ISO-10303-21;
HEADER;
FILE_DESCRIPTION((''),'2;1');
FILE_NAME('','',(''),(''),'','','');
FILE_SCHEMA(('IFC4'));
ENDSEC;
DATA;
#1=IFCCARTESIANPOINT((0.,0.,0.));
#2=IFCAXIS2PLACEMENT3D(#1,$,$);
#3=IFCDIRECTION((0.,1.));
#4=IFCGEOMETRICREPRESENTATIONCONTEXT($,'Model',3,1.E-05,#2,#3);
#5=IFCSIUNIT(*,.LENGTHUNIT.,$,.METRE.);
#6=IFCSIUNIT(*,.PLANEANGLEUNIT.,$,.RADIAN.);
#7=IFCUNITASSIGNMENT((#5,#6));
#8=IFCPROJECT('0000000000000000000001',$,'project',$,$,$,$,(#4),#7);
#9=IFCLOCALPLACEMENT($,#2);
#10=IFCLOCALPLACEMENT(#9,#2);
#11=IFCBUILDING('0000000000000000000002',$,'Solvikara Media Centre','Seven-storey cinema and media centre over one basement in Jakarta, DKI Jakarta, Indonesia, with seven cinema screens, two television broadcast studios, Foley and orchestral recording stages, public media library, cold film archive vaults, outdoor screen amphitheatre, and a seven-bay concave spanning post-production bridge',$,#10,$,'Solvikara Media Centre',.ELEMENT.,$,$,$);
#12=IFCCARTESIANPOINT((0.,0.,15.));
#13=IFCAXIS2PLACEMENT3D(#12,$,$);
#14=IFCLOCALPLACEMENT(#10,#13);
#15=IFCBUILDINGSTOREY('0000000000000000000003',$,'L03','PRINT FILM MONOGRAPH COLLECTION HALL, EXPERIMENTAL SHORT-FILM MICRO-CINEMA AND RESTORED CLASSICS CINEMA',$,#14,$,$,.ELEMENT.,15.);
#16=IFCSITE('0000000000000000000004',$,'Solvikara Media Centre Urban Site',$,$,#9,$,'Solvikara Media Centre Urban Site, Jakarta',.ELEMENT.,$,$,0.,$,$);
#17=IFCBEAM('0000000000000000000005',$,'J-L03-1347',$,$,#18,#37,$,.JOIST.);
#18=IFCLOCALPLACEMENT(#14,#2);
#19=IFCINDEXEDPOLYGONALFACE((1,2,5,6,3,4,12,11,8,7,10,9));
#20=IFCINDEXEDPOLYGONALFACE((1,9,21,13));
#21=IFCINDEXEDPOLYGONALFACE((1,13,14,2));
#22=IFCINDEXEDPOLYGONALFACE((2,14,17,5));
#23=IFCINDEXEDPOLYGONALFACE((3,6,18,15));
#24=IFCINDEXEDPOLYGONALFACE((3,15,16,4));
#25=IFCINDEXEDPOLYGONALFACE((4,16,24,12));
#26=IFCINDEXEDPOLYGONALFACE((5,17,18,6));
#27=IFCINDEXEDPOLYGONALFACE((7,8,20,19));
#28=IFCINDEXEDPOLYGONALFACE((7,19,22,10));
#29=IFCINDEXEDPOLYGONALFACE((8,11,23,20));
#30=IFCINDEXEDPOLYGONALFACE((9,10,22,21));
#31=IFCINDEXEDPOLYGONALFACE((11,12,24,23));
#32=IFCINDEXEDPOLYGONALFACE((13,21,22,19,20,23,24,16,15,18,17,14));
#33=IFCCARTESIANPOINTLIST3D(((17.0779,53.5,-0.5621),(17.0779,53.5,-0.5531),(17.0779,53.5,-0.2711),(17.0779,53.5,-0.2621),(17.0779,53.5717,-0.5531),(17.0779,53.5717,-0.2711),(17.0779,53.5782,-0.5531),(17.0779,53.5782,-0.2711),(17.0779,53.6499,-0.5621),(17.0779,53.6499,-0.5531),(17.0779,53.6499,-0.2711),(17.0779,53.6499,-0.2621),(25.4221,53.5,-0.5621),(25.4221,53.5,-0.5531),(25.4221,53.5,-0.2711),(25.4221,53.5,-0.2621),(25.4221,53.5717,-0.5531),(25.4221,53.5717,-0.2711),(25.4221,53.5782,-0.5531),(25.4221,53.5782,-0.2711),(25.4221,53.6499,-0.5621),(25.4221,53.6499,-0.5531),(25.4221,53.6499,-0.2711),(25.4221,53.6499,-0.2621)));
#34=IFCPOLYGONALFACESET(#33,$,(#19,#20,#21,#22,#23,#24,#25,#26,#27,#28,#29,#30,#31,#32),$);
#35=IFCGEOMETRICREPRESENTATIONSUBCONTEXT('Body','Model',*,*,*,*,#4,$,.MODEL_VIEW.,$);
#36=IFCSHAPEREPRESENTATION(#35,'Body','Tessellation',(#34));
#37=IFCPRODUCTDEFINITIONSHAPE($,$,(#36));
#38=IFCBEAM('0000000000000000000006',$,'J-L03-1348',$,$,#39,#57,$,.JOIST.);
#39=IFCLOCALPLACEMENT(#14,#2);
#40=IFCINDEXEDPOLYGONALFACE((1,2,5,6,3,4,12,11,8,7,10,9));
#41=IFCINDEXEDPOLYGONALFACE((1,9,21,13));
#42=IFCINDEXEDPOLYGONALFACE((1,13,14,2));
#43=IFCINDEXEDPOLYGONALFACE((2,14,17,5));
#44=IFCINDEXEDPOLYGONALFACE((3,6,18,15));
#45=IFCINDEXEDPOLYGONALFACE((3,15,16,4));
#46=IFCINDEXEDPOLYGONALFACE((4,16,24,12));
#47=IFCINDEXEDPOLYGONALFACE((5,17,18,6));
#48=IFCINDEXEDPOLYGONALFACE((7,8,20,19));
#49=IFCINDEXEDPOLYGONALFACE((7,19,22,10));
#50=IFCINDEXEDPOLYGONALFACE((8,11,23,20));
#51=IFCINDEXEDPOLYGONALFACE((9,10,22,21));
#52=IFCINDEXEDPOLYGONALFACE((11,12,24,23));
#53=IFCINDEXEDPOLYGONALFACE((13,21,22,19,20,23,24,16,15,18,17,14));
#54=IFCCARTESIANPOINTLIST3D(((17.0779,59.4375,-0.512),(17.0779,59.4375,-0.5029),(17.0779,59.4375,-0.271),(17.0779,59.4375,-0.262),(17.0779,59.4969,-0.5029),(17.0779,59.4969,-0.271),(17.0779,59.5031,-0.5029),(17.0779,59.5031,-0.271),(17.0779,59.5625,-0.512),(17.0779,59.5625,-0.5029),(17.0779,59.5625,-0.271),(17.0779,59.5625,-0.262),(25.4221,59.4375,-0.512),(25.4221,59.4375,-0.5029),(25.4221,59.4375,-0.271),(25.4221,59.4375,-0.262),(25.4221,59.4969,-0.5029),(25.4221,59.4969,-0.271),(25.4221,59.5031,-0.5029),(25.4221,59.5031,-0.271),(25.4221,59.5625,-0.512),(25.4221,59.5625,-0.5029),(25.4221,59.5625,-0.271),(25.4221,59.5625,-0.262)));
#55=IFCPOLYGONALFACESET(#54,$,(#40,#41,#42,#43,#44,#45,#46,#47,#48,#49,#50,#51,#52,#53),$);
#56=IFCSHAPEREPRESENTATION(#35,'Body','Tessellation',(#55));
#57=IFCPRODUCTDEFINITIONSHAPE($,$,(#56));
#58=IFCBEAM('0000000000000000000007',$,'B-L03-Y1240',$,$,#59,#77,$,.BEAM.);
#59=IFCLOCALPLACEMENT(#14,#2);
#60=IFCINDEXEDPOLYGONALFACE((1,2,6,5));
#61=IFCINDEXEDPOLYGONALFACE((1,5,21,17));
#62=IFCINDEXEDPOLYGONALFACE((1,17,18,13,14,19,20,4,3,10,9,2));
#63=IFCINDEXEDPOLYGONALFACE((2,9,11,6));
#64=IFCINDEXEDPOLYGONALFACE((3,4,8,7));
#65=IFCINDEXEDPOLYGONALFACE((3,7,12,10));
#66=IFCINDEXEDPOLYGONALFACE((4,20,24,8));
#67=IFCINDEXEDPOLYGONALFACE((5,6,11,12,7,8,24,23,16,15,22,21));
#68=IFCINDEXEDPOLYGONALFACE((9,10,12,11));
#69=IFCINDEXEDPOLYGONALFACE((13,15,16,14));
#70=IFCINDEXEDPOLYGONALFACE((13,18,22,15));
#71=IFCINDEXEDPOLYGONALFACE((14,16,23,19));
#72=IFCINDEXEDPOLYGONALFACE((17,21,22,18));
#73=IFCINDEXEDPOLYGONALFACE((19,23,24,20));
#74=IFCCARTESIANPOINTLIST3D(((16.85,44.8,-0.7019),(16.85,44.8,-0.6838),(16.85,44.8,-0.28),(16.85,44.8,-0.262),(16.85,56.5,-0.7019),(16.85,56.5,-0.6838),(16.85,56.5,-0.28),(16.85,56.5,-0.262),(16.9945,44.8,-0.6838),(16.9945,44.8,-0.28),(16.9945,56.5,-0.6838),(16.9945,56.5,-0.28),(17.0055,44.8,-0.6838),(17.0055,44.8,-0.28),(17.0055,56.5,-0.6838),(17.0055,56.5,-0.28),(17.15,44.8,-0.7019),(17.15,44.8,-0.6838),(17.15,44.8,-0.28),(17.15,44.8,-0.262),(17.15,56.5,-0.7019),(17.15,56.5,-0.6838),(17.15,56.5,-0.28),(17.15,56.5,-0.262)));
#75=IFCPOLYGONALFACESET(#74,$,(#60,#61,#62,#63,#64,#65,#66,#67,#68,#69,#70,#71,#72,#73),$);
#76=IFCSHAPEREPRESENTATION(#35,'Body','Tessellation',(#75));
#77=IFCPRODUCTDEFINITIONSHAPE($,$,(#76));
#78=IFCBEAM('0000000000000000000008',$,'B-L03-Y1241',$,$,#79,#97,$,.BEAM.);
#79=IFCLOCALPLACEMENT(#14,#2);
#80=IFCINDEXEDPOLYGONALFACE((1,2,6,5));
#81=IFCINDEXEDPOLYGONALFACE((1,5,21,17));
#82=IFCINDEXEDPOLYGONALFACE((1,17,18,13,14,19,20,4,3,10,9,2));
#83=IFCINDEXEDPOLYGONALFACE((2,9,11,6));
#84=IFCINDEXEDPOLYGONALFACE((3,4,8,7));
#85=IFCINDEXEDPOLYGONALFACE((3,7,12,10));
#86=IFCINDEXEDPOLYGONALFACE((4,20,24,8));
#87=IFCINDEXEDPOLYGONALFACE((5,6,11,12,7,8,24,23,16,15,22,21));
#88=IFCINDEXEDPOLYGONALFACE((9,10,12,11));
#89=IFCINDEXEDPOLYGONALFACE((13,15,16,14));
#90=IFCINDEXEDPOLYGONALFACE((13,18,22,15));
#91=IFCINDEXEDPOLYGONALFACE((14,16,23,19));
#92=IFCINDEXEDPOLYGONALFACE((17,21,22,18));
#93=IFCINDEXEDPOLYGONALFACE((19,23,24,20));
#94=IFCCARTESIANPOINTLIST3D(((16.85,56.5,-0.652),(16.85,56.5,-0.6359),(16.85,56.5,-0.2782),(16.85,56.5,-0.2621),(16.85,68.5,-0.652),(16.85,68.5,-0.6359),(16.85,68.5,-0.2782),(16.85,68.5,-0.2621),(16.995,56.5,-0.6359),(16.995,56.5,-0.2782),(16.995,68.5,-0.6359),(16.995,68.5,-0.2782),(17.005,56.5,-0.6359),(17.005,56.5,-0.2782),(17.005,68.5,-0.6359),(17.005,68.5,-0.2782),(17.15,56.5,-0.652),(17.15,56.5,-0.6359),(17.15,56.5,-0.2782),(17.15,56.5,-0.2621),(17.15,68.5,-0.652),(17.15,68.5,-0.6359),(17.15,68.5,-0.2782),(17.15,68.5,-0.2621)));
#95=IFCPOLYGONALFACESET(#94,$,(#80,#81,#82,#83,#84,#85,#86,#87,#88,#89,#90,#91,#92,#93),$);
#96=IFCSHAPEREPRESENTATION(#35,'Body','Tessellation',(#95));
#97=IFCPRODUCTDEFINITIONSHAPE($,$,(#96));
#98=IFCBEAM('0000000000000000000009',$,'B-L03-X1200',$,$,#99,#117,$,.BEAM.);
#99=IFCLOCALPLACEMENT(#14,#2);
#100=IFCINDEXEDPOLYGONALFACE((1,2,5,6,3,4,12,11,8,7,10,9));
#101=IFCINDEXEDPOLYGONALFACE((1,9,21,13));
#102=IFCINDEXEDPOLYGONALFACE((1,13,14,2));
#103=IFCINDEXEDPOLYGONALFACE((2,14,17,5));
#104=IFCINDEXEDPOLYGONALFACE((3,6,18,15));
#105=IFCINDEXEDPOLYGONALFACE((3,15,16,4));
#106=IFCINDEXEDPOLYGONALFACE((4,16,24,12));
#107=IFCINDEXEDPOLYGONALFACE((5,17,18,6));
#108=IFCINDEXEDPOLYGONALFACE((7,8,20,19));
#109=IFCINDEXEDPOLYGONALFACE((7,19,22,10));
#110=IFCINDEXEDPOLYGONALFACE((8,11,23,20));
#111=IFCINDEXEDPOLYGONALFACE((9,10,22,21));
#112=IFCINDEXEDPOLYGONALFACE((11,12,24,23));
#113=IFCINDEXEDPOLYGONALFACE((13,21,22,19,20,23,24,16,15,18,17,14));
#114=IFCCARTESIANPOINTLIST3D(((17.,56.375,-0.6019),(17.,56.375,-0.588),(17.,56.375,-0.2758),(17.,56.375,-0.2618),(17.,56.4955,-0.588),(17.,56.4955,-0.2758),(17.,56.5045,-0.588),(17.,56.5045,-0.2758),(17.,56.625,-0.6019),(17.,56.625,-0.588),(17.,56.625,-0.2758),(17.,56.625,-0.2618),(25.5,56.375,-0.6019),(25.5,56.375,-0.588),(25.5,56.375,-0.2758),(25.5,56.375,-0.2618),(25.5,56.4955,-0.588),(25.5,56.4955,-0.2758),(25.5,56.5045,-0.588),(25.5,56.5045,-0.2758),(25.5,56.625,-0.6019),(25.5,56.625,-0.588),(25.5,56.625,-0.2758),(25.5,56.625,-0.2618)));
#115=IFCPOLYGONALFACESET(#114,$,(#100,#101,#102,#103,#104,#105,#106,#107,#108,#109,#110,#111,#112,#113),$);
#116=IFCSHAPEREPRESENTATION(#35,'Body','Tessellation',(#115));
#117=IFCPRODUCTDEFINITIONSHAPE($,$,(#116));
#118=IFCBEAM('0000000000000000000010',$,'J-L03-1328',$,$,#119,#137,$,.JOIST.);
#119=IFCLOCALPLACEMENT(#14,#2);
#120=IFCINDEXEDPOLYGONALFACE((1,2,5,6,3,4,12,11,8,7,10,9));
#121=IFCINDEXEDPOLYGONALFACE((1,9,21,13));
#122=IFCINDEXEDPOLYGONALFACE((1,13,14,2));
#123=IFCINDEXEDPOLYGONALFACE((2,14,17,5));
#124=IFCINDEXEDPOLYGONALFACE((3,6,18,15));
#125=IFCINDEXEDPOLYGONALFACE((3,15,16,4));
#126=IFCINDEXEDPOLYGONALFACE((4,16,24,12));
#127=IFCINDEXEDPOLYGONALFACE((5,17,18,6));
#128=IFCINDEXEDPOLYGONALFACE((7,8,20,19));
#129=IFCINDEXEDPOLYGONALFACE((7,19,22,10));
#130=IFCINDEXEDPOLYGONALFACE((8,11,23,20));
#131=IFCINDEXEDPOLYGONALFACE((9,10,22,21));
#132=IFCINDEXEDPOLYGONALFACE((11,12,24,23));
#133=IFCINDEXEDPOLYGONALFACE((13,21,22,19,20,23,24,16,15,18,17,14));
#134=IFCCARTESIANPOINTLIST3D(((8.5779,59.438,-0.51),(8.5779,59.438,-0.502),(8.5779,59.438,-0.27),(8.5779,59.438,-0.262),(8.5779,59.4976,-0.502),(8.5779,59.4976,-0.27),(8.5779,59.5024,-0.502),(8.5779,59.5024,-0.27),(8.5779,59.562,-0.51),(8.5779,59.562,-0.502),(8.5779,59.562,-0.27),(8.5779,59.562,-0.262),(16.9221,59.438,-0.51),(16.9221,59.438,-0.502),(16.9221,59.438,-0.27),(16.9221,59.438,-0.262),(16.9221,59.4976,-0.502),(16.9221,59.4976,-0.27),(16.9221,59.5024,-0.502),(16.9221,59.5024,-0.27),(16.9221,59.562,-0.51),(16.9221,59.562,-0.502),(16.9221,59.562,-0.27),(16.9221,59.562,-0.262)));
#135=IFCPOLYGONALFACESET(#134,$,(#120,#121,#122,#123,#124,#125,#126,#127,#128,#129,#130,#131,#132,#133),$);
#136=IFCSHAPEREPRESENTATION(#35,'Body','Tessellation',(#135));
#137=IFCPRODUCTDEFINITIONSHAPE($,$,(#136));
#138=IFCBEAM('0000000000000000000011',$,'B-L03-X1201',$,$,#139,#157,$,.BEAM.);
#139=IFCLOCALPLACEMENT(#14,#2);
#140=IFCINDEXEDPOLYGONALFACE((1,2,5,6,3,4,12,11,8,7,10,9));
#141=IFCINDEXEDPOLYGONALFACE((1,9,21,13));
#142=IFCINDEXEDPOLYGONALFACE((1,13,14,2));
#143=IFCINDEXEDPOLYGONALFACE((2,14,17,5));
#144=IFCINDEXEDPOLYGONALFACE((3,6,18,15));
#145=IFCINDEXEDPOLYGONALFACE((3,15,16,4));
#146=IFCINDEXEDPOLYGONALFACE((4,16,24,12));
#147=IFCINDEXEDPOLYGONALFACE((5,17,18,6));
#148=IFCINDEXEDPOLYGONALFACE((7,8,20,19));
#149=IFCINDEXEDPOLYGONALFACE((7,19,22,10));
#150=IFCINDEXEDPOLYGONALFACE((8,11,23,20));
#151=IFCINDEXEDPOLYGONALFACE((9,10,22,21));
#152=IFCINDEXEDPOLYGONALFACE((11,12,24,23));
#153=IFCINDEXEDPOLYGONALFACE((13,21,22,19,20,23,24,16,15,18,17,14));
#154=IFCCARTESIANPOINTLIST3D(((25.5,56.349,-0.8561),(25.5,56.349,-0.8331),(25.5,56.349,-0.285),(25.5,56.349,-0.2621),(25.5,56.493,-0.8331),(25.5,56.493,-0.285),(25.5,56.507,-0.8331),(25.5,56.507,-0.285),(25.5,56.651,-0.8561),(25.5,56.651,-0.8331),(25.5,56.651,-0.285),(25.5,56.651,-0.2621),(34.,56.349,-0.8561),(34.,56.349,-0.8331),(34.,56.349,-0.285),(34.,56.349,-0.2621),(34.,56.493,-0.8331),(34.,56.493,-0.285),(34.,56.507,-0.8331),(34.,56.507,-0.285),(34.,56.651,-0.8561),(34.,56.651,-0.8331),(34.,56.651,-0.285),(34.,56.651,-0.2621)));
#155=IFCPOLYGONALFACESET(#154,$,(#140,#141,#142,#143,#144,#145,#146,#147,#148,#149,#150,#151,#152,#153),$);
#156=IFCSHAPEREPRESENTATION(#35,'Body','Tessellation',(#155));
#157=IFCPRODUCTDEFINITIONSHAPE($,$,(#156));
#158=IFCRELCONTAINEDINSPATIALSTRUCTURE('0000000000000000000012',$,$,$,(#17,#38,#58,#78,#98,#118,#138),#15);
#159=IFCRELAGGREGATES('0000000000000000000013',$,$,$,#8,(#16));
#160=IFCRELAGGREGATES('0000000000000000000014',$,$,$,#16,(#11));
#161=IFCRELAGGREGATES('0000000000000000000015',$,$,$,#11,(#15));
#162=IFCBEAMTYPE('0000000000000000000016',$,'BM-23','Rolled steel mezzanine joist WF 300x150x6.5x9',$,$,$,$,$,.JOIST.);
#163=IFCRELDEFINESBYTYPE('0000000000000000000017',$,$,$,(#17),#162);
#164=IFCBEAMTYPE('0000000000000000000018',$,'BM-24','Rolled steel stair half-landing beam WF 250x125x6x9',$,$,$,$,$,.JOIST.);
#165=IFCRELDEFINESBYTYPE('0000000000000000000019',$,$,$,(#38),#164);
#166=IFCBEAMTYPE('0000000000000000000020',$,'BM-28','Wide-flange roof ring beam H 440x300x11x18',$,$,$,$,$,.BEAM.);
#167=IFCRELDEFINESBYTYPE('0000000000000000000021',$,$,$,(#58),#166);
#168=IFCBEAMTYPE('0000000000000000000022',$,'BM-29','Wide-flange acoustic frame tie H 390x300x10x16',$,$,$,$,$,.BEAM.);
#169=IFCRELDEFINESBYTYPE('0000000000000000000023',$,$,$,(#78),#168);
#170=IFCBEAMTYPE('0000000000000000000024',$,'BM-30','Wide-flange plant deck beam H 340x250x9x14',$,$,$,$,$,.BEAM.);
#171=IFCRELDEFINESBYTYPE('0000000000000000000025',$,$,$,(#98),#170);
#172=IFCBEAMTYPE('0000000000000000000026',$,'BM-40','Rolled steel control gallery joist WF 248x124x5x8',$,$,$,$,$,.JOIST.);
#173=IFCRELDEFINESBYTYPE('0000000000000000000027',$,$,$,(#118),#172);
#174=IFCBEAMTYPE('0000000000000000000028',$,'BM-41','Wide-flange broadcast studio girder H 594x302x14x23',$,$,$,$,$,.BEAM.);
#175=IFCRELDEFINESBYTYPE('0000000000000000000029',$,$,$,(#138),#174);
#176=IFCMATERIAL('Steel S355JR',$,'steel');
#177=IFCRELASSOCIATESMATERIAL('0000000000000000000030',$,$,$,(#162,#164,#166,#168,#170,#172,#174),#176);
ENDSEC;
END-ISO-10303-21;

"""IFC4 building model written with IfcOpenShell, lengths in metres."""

from ifc_helpers import new_model, si_unit, direction, frame, origin, origin_2d, place, context, subcontext, project, spatial, i_section, extrude, material, material_profile, profile_set, type_object, element, save


model = new_model("IFC4")

# Units and contexts
model_context = context("Model", 3, precision=1e-05, world=origin(), true_north=direction((0.0, 1.0)))
body_context = subcontext(model_context, "Body", "Model", "MODEL_VIEW")
ifc_project = project(units=[si_unit("LENGTHUNIT", "METRE"), si_unit("PLANEANGLEUNIT", "RADIAN")], contexts=[model_context])

# Site, building, storey
site_placement = place(None, origin())
site = spatial("IfcSite", under=ifc_project, at=site_placement, Name="Solvikara Media Centre Urban Site", LongName="Solvikara Media Centre Urban Site, Jakarta", CompositionType="ELEMENT", RefElevation=0.0)
building_placement = place(site_placement, origin())
building = spatial("IfcBuilding", under=site, at=building_placement, Name="Solvikara Media Centre", Description="Seven-storey cinema and media centre over one basement in Jakarta, DKI Jakarta, Indonesia, with seven cinema screens, two television broadcast studios, Foley and orchestral recording stages, public media library, cold film archive vaults, outdoor screen amphitheatre, and a seven-bay concave spanning post-production bridge", LongName="Solvikara Media Centre", CompositionType="ELEMENT")
storey_placement = place(building_placement, frame((0.0, 0.0, 15.0)))
storey = spatial("IfcBuildingStorey", under=building, at=storey_placement, Name="L03", Description="PRINT FILM MONOGRAPH COLLECTION HALL, EXPERIMENTAL SHORT-FILM MICRO-CINEMA AND RESTORED CLASSICS CINEMA", CompositionType="ELEMENT", Elevation=15.0)

# Beams
ifc_material_1 = material(Name="Steel S355JR", Category="steel")
ifc_material_profile_1 = material_profile(ifc_material_1, i_section(OverallWidth=0.1499, OverallDepth=0.3, WebThickness=0.0066, FlangeThickness=0.009, at=origin_2d()), Name="WF 300x150x6.5x9")
ifc_profile_set_1 = profile_set([ifc_material_profile_1], Name="Steel S355JR")
beam_type_1 = type_object("IfcBeamType", Name="BM-23", Description="Rolled steel mezzanine joist WF 300x150x6.5x9", PredefinedType="JOIST", material=ifc_profile_set_1)
beam_1_placement = place(storey_placement, frame((17.0779, 53.575, -0.4121), z_axis=(1.0, 0.0, 0.0), x_axis=(0.0, 1.0, 0.0)))
element("IfcBeam", 1, at=beam_1_placement, inside=storey, type_object=beam_type_1, Name="J-L03-1347", PredefinedType="JOIST", context=body_context, shape_type="SweptSolid", body=[
    extrude(i_section(OverallWidth=0.1499, OverallDepth=0.3, WebThickness=0.0066, FlangeThickness=0.009, at=origin_2d()), origin(), (0.0, 0.0, 1.0), 8.3442),
])
ifc_material_profile_2 = material_profile(ifc_material_1, i_section(OverallWidth=0.125, OverallDepth=0.25, WebThickness=0.0061, FlangeThickness=0.009, at=origin_2d()), Name="WF 250x125x6x9")
ifc_profile_set_2 = profile_set([ifc_material_profile_2], Name="Steel S355JR")
beam_type_2 = type_object("IfcBeamType", Name="BM-24", Description="Rolled steel stair half-landing beam WF 250x125x6x9", PredefinedType="JOIST", material=ifc_profile_set_2)
beam_2_placement = place(storey_placement, frame((17.0779, 59.5, -0.387), z_axis=(1.0, 0.0, 0.0), x_axis=(0.0, 1.0, 0.0)))
element("IfcBeam", 2, at=beam_2_placement, inside=storey, type_object=beam_type_2, Name="J-L03-1348", PredefinedType="JOIST", context=body_context, shape_type="SweptSolid", body=[
    extrude(i_section(OverallWidth=0.125, OverallDepth=0.25, WebThickness=0.0061, FlangeThickness=0.009, at=origin_2d()), origin(), (0.0, 0.0, 1.0), 8.3442),
])
ifc_material_profile_3 = material_profile(ifc_material_1, i_section(OverallWidth=0.3, OverallDepth=0.4399, WebThickness=0.011, FlangeThickness=0.0181, at=origin_2d()), Name="H 440x300x11x18")
ifc_profile_set_3 = profile_set([ifc_material_profile_3], Name="Steel S355JR")
beam_type_3 = type_object("IfcBeamType", Name="BM-28", Description="Wide-flange roof ring beam H 440x300x11x18", PredefinedType="BEAM", material=ifc_profile_set_3)
beam_3_placement = place(storey_placement, frame((17.0, 44.8, -0.4819), z_axis=(0.0, 1.0, 0.0), x_axis=(-1.0, 0.0, 0.0)))
element("IfcBeam", 3, at=beam_3_placement, inside=storey, type_object=beam_type_3, Name="B-L03-Y1240", PredefinedType="BEAM", context=body_context, shape_type="SweptSolid", body=[
    extrude(i_section(OverallWidth=0.3, OverallDepth=0.4399, WebThickness=0.011, FlangeThickness=0.0181, at=origin_2d()), origin(), (0.0, 0.0, 1.0), 11.7),
])
ifc_material_profile_4 = material_profile(ifc_material_1, i_section(OverallWidth=0.3, OverallDepth=0.3899, WebThickness=0.01, FlangeThickness=0.0161, at=origin_2d()), Name="H 390x300x10x16")
ifc_profile_set_4 = profile_set([ifc_material_profile_4], Name="Steel S355JR")
beam_type_4 = type_object("IfcBeamType", Name="BM-29", Description="Wide-flange acoustic frame tie H 390x300x10x16", PredefinedType="BEAM", material=ifc_profile_set_4)
beam_4_placement = place(storey_placement, frame((17.0, 56.5, -0.457), z_axis=(0.0, 1.0, 0.0), x_axis=(-1.0, 0.0, 0.0)))
element("IfcBeam", 4, at=beam_4_placement, inside=storey, type_object=beam_type_4, Name="B-L03-Y1241", PredefinedType="BEAM", context=body_context, shape_type="SweptSolid", body=[
    extrude(i_section(OverallWidth=0.3, OverallDepth=0.3899, WebThickness=0.01, FlangeThickness=0.0161, at=origin_2d()), origin(), (0.0, 0.0, 1.0), 12.0),
])
ifc_material_profile_5 = material_profile(ifc_material_1, i_section(OverallWidth=0.25, OverallDepth=0.3401, WebThickness=0.009, FlangeThickness=0.0139, at=origin_2d()), Name="H 340x250x9x14")
ifc_profile_set_5 = profile_set([ifc_material_profile_5], Name="Steel S355JR")
beam_type_5 = type_object("IfcBeamType", Name="BM-30", Description="Wide-flange plant deck beam H 340x250x9x14", PredefinedType="BEAM", material=ifc_profile_set_5)
beam_5_placement = place(storey_placement, frame((17.0, 56.5, -0.4319), z_axis=(1.0, 0.0, 0.0), x_axis=(0.0, 1.0, 0.0)))
element("IfcBeam", 5, at=beam_5_placement, inside=storey, type_object=beam_type_5, Name="B-L03-X1200", PredefinedType="BEAM", context=body_context, shape_type="SweptSolid", body=[
    extrude(i_section(OverallWidth=0.25, OverallDepth=0.3401, WebThickness=0.009, FlangeThickness=0.0139, at=origin_2d()), origin(), (0.0, 0.0, 1.0), 8.5),
])
ifc_material_profile_6 = material_profile(ifc_material_1, i_section(OverallWidth=0.124, OverallDepth=0.248, WebThickness=0.0049, FlangeThickness=0.0081, at=origin_2d()), Name="WF 248x124x5x8")
ifc_profile_set_6 = profile_set([ifc_material_profile_6], Name="Steel S355JR")
beam_type_6 = type_object("IfcBeamType", Name="BM-40", Description="Rolled steel control gallery joist WF 248x124x5x8", PredefinedType="JOIST", material=ifc_profile_set_6)
beam_6_placement = place(storey_placement, frame((8.5779, 59.5, -0.386), z_axis=(1.0, 0.0, 0.0), x_axis=(0.0, 1.0, 0.0)))
element("IfcBeam", 6, at=beam_6_placement, inside=storey, type_object=beam_type_6, Name="J-L03-1328", PredefinedType="JOIST", context=body_context, shape_type="SweptSolid", body=[
    extrude(i_section(OverallWidth=0.124, OverallDepth=0.248, WebThickness=0.0049, FlangeThickness=0.0081, at=origin_2d()), origin(), (0.0, 0.0, 1.0), 8.3442),
])
ifc_material_profile_7 = material_profile(ifc_material_1, i_section(OverallWidth=0.302, OverallDepth=0.594, WebThickness=0.0139, FlangeThickness=0.0229, at=origin_2d()), Name="H 594x302x14x23")
ifc_profile_set_7 = profile_set([ifc_material_profile_7], Name="Steel S355JR")
beam_type_7 = type_object("IfcBeamType", Name="BM-41", Description="Wide-flange broadcast studio girder H 594x302x14x23", PredefinedType="BEAM", material=ifc_profile_set_7)
beam_7_placement = place(storey_placement, frame((25.5, 56.5, -0.5591), z_axis=(1.0, 0.0, 0.0), x_axis=(0.0, 1.0, 0.0)))
element("IfcBeam", 7, at=beam_7_placement, inside=storey, type_object=beam_type_7, Name="B-L03-X1201", PredefinedType="BEAM", context=body_context, shape_type="SweptSolid", body=[
    extrude(i_section(OverallWidth=0.302, OverallDepth=0.594, WebThickness=0.0139, FlangeThickness=0.0229, at=origin_2d()), origin(), (0.0, 0.0, 1.0), 8.5),
])

save(model, "model.ifc")
